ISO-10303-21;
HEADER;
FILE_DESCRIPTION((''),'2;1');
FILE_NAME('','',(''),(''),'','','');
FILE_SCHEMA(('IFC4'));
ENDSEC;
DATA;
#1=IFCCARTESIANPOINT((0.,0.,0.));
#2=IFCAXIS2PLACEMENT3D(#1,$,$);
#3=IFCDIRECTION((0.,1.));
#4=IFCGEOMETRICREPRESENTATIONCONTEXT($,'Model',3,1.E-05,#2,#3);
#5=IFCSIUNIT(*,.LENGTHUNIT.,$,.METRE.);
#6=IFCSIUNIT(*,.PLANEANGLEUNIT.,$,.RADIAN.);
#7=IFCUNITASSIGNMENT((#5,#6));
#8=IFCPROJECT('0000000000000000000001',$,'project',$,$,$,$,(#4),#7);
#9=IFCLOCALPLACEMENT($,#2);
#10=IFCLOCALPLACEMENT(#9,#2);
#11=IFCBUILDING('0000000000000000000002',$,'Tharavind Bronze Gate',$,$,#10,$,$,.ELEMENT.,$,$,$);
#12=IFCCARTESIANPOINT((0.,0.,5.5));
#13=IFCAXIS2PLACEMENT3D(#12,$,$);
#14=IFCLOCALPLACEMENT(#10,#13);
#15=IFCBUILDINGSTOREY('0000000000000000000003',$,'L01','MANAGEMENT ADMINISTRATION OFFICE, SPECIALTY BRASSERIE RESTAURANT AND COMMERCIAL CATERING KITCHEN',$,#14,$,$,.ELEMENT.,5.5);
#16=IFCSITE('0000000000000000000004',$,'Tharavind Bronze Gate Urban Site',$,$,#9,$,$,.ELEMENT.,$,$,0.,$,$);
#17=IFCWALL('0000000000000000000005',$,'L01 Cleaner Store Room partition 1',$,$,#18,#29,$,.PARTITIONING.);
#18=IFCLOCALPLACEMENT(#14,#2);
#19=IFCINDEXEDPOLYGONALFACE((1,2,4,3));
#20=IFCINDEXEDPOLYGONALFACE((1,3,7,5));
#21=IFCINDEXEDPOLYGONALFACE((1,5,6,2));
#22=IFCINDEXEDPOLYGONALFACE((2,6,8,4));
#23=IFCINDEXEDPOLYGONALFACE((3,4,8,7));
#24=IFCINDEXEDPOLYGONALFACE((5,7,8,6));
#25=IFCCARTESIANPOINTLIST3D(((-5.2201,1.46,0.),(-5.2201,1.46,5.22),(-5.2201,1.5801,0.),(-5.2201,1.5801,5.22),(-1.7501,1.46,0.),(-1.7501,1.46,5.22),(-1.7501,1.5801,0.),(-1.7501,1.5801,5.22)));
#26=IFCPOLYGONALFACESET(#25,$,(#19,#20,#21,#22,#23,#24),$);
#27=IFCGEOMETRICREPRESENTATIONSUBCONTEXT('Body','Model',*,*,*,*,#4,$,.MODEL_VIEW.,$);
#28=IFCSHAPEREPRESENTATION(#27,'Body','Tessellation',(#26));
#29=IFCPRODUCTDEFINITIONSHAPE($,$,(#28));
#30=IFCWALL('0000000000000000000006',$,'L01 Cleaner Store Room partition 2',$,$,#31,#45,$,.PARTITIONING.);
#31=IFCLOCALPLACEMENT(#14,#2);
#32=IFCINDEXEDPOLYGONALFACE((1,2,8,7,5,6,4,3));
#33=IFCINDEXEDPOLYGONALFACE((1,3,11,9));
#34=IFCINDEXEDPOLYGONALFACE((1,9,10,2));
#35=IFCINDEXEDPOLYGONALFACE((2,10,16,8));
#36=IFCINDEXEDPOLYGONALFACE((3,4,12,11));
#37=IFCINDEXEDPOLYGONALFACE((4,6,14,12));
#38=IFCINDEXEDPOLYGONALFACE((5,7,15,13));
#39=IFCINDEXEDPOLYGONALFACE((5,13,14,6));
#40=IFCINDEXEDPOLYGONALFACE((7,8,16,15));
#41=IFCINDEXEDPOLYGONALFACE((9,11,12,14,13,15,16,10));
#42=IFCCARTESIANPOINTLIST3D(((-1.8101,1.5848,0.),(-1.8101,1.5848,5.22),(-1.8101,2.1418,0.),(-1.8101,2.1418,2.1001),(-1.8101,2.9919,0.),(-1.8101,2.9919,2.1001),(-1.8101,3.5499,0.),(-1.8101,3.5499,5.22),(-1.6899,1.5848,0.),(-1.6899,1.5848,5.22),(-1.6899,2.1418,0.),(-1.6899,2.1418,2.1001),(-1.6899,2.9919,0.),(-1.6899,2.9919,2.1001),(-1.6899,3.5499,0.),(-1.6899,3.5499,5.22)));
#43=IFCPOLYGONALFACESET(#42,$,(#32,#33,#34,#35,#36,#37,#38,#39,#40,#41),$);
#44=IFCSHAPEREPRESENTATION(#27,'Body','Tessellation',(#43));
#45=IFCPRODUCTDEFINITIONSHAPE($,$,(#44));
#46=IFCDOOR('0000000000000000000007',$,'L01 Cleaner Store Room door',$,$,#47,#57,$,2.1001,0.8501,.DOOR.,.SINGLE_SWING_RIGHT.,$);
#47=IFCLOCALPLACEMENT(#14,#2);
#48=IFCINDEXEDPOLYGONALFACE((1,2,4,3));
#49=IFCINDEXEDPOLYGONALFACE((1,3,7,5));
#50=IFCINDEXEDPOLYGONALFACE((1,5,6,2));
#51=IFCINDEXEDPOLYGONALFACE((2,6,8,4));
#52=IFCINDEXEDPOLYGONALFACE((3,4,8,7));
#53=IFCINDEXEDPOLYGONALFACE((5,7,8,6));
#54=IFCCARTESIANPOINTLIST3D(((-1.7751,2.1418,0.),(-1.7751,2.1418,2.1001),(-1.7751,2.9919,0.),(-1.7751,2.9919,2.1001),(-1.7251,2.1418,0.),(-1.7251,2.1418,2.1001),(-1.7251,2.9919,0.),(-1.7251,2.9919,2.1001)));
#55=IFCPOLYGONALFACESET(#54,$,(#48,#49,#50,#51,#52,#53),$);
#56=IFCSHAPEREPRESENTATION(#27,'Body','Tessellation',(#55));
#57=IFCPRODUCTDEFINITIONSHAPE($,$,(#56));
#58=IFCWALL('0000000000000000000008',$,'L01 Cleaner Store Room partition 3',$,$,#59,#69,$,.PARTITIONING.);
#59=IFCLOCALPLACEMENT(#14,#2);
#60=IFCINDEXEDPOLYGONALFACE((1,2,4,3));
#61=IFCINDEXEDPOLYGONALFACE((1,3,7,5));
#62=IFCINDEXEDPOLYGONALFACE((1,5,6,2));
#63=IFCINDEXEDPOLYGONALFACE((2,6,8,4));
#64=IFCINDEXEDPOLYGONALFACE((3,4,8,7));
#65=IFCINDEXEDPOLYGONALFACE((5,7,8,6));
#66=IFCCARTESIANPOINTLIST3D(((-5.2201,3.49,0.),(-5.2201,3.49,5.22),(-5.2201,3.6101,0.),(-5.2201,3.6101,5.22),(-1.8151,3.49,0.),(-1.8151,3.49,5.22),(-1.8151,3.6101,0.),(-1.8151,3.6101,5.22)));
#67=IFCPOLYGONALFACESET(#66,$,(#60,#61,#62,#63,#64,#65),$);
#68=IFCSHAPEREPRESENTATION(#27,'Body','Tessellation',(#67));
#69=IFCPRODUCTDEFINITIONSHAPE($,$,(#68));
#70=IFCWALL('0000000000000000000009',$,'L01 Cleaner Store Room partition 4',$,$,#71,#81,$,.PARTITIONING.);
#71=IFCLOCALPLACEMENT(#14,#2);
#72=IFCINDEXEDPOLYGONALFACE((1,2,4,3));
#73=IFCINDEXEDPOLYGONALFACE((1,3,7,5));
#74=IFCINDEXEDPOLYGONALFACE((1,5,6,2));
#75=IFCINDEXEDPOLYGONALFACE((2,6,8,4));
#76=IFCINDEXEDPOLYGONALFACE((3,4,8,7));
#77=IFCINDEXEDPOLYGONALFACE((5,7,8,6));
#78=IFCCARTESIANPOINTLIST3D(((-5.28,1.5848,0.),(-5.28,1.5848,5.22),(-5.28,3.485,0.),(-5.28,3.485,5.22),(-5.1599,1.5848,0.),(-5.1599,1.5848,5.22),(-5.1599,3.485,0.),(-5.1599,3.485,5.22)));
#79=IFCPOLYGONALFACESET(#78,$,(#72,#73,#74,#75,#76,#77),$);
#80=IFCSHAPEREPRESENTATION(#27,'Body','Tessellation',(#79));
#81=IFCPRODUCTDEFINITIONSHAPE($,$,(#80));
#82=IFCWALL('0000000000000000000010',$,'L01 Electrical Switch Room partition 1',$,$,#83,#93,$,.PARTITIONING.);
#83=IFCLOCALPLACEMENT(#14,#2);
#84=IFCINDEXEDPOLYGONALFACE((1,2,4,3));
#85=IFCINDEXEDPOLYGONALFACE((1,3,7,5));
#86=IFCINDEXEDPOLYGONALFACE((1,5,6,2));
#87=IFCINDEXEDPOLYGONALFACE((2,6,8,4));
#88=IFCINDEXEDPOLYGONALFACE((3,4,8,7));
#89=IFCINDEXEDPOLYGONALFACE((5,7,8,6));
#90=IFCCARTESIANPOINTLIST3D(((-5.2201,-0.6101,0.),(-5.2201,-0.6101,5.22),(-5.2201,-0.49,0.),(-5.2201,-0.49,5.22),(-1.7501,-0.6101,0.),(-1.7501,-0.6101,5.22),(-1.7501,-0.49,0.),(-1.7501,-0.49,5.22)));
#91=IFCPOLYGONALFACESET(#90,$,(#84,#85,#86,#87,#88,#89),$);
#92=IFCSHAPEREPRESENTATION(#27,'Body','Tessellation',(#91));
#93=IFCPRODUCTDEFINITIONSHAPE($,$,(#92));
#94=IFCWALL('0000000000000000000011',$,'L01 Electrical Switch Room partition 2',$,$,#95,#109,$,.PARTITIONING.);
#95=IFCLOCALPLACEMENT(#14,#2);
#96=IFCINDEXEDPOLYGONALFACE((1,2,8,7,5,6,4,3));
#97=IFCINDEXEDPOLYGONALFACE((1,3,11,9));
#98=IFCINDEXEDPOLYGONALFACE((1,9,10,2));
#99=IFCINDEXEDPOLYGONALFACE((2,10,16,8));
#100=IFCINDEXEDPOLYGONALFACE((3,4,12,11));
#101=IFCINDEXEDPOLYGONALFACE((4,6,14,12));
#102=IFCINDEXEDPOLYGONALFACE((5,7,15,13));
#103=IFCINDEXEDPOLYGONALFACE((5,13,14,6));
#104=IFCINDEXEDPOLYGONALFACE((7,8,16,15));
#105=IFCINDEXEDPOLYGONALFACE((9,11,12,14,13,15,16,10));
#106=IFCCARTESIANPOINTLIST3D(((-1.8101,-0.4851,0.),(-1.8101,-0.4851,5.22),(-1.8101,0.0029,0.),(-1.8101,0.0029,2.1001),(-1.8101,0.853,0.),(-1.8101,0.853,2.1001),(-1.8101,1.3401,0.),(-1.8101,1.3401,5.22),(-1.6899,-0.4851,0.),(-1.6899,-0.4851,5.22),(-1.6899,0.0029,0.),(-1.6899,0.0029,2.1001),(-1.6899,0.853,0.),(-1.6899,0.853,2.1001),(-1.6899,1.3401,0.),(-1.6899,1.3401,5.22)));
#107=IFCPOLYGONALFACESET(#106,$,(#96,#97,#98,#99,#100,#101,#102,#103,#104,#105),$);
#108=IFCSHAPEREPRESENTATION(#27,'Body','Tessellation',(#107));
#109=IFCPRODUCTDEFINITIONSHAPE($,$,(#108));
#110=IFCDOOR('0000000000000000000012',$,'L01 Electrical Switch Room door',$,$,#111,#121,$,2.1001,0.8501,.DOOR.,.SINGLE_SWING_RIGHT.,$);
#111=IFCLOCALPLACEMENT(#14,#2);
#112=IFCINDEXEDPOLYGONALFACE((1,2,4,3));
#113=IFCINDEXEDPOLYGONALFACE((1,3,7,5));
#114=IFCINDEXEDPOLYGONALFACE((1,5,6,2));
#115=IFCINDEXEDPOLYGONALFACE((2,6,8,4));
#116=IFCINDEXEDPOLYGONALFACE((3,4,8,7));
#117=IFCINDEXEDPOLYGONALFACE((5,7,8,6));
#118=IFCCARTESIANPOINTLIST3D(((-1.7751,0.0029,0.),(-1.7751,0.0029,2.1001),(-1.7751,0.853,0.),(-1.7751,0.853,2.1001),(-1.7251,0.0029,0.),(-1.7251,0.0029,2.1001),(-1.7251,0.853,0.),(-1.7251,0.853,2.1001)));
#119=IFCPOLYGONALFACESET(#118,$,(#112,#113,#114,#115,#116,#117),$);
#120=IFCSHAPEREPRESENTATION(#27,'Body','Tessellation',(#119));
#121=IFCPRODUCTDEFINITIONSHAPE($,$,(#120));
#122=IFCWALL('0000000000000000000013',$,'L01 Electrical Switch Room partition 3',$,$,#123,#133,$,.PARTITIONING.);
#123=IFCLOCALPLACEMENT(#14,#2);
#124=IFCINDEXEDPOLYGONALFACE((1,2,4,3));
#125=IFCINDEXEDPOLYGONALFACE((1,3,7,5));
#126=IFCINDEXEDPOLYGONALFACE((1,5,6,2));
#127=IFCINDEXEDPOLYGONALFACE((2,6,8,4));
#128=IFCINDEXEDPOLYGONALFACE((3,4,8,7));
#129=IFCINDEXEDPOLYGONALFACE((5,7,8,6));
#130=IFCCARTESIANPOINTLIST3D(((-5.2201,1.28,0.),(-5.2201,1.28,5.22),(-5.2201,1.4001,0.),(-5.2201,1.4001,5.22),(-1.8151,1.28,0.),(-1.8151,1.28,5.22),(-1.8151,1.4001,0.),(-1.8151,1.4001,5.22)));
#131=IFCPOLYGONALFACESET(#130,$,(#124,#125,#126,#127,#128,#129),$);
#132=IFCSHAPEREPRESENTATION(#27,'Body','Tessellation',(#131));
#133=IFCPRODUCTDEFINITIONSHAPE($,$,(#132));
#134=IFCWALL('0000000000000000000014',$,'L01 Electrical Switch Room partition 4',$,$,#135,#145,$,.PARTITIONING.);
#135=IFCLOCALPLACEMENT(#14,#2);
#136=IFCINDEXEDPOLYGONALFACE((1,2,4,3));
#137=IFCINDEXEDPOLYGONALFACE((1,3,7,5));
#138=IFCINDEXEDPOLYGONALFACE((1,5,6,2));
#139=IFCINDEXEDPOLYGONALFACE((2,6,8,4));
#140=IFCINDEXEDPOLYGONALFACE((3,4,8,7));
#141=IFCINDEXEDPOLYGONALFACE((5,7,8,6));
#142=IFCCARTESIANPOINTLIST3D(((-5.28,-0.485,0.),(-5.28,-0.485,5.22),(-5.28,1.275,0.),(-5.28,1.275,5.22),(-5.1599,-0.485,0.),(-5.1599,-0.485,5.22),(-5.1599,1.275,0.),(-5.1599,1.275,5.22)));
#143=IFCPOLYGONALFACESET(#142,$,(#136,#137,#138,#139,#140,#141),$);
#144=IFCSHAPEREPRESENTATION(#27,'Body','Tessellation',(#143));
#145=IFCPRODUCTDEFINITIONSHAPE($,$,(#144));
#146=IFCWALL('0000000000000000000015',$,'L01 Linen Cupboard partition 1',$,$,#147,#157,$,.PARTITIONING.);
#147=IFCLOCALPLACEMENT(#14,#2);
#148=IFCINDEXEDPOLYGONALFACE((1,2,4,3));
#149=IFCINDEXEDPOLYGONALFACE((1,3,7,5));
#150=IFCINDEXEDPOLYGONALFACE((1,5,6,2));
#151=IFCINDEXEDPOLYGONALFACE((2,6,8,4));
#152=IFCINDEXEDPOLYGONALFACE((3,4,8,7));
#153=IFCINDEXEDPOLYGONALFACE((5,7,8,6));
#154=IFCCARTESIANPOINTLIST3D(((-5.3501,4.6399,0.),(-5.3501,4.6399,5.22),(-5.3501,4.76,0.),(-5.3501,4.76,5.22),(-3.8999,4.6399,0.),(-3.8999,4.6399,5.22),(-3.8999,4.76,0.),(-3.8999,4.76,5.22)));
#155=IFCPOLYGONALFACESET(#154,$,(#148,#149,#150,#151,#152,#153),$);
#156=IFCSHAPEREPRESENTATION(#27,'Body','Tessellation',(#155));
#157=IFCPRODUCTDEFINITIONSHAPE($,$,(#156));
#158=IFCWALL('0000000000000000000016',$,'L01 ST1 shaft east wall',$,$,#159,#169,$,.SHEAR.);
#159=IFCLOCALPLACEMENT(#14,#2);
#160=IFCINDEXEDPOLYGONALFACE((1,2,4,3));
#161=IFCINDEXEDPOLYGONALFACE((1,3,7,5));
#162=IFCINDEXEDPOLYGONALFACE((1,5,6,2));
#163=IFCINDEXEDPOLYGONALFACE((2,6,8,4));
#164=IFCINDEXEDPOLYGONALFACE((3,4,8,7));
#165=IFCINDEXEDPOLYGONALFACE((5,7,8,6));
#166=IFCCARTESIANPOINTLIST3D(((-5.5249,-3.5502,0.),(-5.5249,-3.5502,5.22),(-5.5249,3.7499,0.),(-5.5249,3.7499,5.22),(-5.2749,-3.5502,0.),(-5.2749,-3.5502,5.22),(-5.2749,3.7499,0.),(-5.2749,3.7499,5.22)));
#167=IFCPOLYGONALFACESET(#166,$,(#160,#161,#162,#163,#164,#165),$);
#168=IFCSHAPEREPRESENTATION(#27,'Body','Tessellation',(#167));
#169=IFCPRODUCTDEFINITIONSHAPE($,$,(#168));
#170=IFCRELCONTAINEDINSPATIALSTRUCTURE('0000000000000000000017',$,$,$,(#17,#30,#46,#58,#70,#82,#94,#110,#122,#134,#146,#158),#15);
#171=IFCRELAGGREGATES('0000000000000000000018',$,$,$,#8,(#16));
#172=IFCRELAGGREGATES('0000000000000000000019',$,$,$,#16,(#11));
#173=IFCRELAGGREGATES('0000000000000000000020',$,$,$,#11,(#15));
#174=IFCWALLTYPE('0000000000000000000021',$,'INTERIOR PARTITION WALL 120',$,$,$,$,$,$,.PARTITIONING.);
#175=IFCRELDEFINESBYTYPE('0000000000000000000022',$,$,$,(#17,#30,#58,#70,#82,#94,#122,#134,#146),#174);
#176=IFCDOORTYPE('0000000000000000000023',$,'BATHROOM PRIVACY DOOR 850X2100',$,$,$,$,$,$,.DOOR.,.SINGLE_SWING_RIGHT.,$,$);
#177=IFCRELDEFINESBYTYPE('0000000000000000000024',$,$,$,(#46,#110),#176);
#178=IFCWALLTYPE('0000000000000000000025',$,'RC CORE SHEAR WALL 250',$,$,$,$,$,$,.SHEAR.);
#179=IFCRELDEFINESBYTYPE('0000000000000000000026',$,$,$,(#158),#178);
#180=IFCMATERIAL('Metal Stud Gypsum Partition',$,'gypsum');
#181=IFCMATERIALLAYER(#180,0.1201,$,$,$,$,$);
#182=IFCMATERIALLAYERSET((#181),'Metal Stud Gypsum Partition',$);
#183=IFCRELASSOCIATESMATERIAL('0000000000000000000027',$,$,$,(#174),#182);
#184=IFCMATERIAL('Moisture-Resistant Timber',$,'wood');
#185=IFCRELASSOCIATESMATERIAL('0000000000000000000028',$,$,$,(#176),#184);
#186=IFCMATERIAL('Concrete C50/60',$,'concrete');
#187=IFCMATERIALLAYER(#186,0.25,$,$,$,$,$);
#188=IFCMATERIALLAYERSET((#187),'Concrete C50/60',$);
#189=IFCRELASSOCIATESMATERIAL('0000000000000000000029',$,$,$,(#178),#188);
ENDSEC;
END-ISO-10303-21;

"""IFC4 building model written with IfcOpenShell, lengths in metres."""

from ifc_helpers import new_model, si_unit, direction, frame, frame_2d, origin, place, context, subcontext, project, spatial, rectangle, extrude, material, layer, layer_set, type_object, element, fill, save


model = new_model("IFC4")

# Units and contexts
model_context = context("Model", 3, precision=1e-05, world=origin(), true_north=direction((0.0, 1.0)))
body_context = subcontext(model_context, "Body", "Model", "MODEL_VIEW")
ifc_project = project(units=[si_unit("LENGTHUNIT", "METRE"), si_unit("PLANEANGLEUNIT", "RADIAN")], contexts=[model_context])

# Site, building, storey
site_placement = place(None, origin())
site = spatial("IfcSite", under=ifc_project, at=site_placement, Name="Tharavind Bronze Gate Urban Site", CompositionType="ELEMENT", RefElevation=0.0)
building_placement = place(site_placement, origin())
building = spatial("IfcBuilding", under=site, at=building_placement, Name="Tharavind Bronze Gate", CompositionType="ELEMENT")
storey_placement = place(building_placement, frame((0.0, 0.0, 5.5)))
storey = spatial("IfcBuildingStorey", under=building, at=storey_placement, Name="L01", Description="MANAGEMENT ADMINISTRATION OFFICE, SPECIALTY BRASSERIE RESTAURANT AND COMMERCIAL CATERING KITCHEN", CompositionType="ELEMENT", Elevation=5.5)

# Wall
ifc_material_1 = material(Name="Metal Stud Gypsum Partition", Category="gypsum")
ifc_layer_1 = layer(ifc_material_1, 0.1201)
ifc_layer_set_1 = layer_set([ifc_layer_1], Name="Metal Stud Gypsum Partition")
wall_type_1 = type_object("IfcWallType", Name="INTERIOR PARTITION WALL 120", PredefinedType="PARTITIONING", material=ifc_layer_set_1)
wall_1_placement = place(storey_placement, frame((-5.22, 1.52, 0.0), z_axis=(0.0, 0.0, 1.0), x_axis=(1.0, 0.0, 0.0)))
element("IfcWall", 1, at=wall_1_placement, inside=storey, type_object=wall_type_1, Name="L01 Cleaner Store Room partition 1", PredefinedType="PARTITIONING", context=body_context, shape_type="SweptSolid", body=[
    extrude(rectangle(XDim=3.47, YDim=0.1201, at=frame_2d((1.7349, 0.0))), origin(), (0.0, 0.0, 1.0), 5.22),
])

# Wall, opening, door
wall_2_placement = place(storey_placement, frame((-1.75, 1.585, 0.0), z_axis=(0.0, 0.0, 1.0), x_axis=(0.0, 1.0, 0.0)))
wall_2 = element("IfcWall", 2, at=wall_2_placement, inside=storey, type_object=wall_type_1, Name="L01 Cleaner Store Room partition 2", PredefinedType="PARTITIONING", context=body_context, shape_type="SweptSolid", body=[
    extrude(rectangle(XDim=1.9651, YDim=0.1201, at=frame_2d((0.9824, 0.0))), origin(), (0.0, 0.0, 1.0), 5.22),
])
opening_1_placement = place(wall_2_placement, frame((0.5569, 0.0, 0.0)))
opening_1 = element("IfcOpeningElement", 3, at=opening_1_placement, cuts=wall_2, PredefinedType="OPENING", context=body_context, shape_type="SweptSolid", body=[
    extrude(rectangle(XDim=0.8501, YDim=2.1001, at=frame_2d((0.425, 1.05))), frame((0.0, 0.0701, 0.0), z_axis=(0.0, -1.0, 0.0), x_axis=(1.0, 0.0, 0.0)), (0.0, 0.0, 1.0), 0.1401),
])
ifc_material_2 = material(Name="Moisture-Resistant Timber", Category="wood")
door_type_1 = type_object("IfcDoorType", Name="BATHROOM PRIVACY DOOR 850X2100", OperationType="SINGLE_SWING_RIGHT", PredefinedType="DOOR", material=ifc_material_2)
door_1_placement = place(opening_1_placement, frame((0.8501, 0.0, 0.0), z_axis=(0.0, 0.0, 1.0), x_axis=(-1.0, 0.0, 0.0)))
door_1 = element("IfcDoor", 4, at=door_1_placement, inside=storey, type_object=door_type_1, Name="L01 Cleaner Store Room door", OperationType="SINGLE_SWING_RIGHT", OverallHeight=2.1001, OverallWidth=0.8501, PredefinedType="DOOR", context=body_context, shape_type="SweptSolid", body=[
    extrude(rectangle(XDim=0.8501, YDim=2.1001, at=frame_2d((0.425, 1.05))), frame((0.0, 0.0249, 0.0), z_axis=(0.0, -1.0, 0.0), x_axis=(1.0, 0.0, 0.0)), (0.0, 0.0, 1.0), 0.05),
])
fill(opening_1, door_1)

# Walls
wall_3_placement = place(storey_placement, frame((-1.8149, 3.55, 0.0), z_axis=(0.0, 0.0, 1.0), x_axis=(-1.0, 0.0, 0.0)))
element("IfcWall", 5, at=wall_3_placement, inside=storey, type_object=wall_type_1, Name="L01 Cleaner Store Room partition 3", PredefinedType="PARTITIONING", context=body_context, shape_type="SweptSolid", body=[
    extrude(rectangle(XDim=3.405, YDim=0.1201, at=frame_2d((1.7026, 0.0))), origin(), (0.0, 0.0, 1.0), 5.22),
])
wall_4_placement = place(storey_placement, frame((-5.22, 3.4851, 0.0), z_axis=(0.0, 0.0, 1.0), x_axis=(0.0, -1.0, 0.0)))
element("IfcWall", 6, at=wall_4_placement, inside=storey, type_object=wall_type_1, Name="L01 Cleaner Store Room partition 4", PredefinedType="PARTITIONING", context=body_context, shape_type="SweptSolid", body=[
    extrude(rectangle(XDim=1.9001, YDim=0.1201, at=frame_2d((0.9502, 0.0))), origin(), (0.0, 0.0, 1.0), 5.22),
])
wall_5_placement = place(storey_placement, frame((-5.22, -0.55, 0.0), z_axis=(0.0, 0.0, 1.0), x_axis=(1.0, 0.0, 0.0)))
element("IfcWall", 7, at=wall_5_placement, inside=storey, type_object=wall_type_1, Name="L01 Electrical Switch Room partition 1", PredefinedType="PARTITIONING", context=body_context, shape_type="SweptSolid", body=[
    extrude(rectangle(XDim=3.47, YDim=0.1201, at=frame_2d((1.7349, 0.0))), origin(), (0.0, 0.0, 1.0), 5.22),
])

# Wall, opening, door
wall_6_placement = place(storey_placement, frame((-1.75, -0.4851, 0.0), z_axis=(0.0, 0.0, 1.0), x_axis=(0.0, 1.0, 0.0)))
wall_6 = element("IfcWall", 8, at=wall_6_placement, inside=storey, type_object=wall_type_1, Name="L01 Electrical Switch Room partition 2", PredefinedType="PARTITIONING", context=body_context, shape_type="SweptSolid", body=[
    extrude(rectangle(XDim=1.8252, YDim=0.1201, at=frame_2d((0.9126, 0.0))), origin(), (0.0, 0.0, 1.0), 5.22),
])
opening_2_placement = place(wall_6_placement, frame((0.488, 0.0, 0.0)))
opening_2 = element("IfcOpeningElement", 9, at=opening_2_placement, cuts=wall_6, PredefinedType="OPENING", context=body_context, shape_type="SweptSolid", body=[
    extrude(rectangle(XDim=0.8501, YDim=2.1001, at=frame_2d((0.425, 1.05))), frame((0.0, 0.0701, 0.0), z_axis=(0.0, -1.0, 0.0), x_axis=(1.0, 0.0, 0.0)), (0.0, 0.0, 1.0), 0.1401),
])
door_2_placement = place(opening_2_placement, frame((0.8501, 0.0, 0.0), z_axis=(0.0, 0.0, 1.0), x_axis=(-1.0, 0.0, 0.0)))
door_2 = element("IfcDoor", 10, at=door_2_placement, inside=storey, type_object=door_type_1, Name="L01 Electrical Switch Room door", OperationType="SINGLE_SWING_RIGHT", OverallHeight=2.1001, OverallWidth=0.8501, PredefinedType="DOOR", context=body_context, shape_type="SweptSolid", body=[
    extrude(rectangle(XDim=0.8501, YDim=2.1001, at=frame_2d((0.425, 1.05))), frame((0.0, 0.0249, 0.0), z_axis=(0.0, -1.0, 0.0), x_axis=(1.0, 0.0, 0.0)), (0.0, 0.0, 1.0), 0.05),
])
fill(opening_2, door_2)

# Walls
wall_7_placement = place(storey_placement, frame((-1.8149, 1.3401, 0.0), z_axis=(0.0, 0.0, 1.0), x_axis=(-1.0, 0.0, 0.0)))
element("IfcWall", 11, at=wall_7_placement, inside=storey, type_object=wall_type_1, Name="L01 Electrical Switch Room partition 3", PredefinedType="PARTITIONING", context=body_context, shape_type="SweptSolid", body=[
    extrude(rectangle(XDim=3.405, YDim=0.1201, at=frame_2d((1.7026, 0.0))), origin(), (0.0, 0.0, 1.0), 5.22),
])
wall_8_placement = place(storey_placement, frame((-5.22, 1.2749, 0.0), z_axis=(0.0, 0.0, 1.0), x_axis=(0.0, -1.0, 0.0)))
element("IfcWall", 12, at=wall_8_placement, inside=storey, type_object=wall_type_1, Name="L01 Electrical Switch Room partition 4", PredefinedType="PARTITIONING", context=body_context, shape_type="SweptSolid", body=[
    extrude(rectangle(XDim=1.76, YDim=0.1201, at=frame_2d((0.8799, 0.0))), origin(), (0.0, 0.0, 1.0), 5.22),
])
wall_9_placement = place(storey_placement, frame((-5.3501, 4.7, 0.0), z_axis=(0.0, 0.0, 1.0), x_axis=(1.0, 0.0, 0.0)))
element("IfcWall", 13, at=wall_9_placement, inside=storey, type_object=wall_type_1, Name="L01 Linen Cupboard partition 1", PredefinedType="PARTITIONING", context=body_context, shape_type="SweptSolid", body=[
    extrude(rectangle(XDim=1.4502, YDim=0.1201, at=frame_2d((0.7251, 0.0))), origin(), (0.0, 0.0, 1.0), 5.22),
])
ifc_material_3 = material(Name="Concrete C50/60", Category="concrete")
ifc_layer_2 = layer(ifc_material_3, 0.25)
ifc_layer_set_2 = layer_set([ifc_layer_2], Name="Concrete C50/60")
wall_type_2 = type_object("IfcWallType", Name="RC CORE SHEAR WALL 250", PredefinedType="SHEAR", material=ifc_layer_set_2)
wall_10_placement = place(storey_placement, frame((-5.3999, -3.55, 0.0), z_axis=(0.0, 0.0, 1.0), x_axis=(0.0, 1.0, 0.0)))
element("IfcWall", 14, at=wall_10_placement, inside=storey, type_object=wall_type_2, Name="L01 ST1 shaft east wall", PredefinedType="SHEAR", context=body_context, shape_type="SweptSolid", body=[
    extrude(rectangle(XDim=7.3, YDim=0.25, at=frame_2d((3.6499, 0.0))), origin(), (0.0, 0.0, 1.0), 5.22),
])

save(model, "model.ifc")
